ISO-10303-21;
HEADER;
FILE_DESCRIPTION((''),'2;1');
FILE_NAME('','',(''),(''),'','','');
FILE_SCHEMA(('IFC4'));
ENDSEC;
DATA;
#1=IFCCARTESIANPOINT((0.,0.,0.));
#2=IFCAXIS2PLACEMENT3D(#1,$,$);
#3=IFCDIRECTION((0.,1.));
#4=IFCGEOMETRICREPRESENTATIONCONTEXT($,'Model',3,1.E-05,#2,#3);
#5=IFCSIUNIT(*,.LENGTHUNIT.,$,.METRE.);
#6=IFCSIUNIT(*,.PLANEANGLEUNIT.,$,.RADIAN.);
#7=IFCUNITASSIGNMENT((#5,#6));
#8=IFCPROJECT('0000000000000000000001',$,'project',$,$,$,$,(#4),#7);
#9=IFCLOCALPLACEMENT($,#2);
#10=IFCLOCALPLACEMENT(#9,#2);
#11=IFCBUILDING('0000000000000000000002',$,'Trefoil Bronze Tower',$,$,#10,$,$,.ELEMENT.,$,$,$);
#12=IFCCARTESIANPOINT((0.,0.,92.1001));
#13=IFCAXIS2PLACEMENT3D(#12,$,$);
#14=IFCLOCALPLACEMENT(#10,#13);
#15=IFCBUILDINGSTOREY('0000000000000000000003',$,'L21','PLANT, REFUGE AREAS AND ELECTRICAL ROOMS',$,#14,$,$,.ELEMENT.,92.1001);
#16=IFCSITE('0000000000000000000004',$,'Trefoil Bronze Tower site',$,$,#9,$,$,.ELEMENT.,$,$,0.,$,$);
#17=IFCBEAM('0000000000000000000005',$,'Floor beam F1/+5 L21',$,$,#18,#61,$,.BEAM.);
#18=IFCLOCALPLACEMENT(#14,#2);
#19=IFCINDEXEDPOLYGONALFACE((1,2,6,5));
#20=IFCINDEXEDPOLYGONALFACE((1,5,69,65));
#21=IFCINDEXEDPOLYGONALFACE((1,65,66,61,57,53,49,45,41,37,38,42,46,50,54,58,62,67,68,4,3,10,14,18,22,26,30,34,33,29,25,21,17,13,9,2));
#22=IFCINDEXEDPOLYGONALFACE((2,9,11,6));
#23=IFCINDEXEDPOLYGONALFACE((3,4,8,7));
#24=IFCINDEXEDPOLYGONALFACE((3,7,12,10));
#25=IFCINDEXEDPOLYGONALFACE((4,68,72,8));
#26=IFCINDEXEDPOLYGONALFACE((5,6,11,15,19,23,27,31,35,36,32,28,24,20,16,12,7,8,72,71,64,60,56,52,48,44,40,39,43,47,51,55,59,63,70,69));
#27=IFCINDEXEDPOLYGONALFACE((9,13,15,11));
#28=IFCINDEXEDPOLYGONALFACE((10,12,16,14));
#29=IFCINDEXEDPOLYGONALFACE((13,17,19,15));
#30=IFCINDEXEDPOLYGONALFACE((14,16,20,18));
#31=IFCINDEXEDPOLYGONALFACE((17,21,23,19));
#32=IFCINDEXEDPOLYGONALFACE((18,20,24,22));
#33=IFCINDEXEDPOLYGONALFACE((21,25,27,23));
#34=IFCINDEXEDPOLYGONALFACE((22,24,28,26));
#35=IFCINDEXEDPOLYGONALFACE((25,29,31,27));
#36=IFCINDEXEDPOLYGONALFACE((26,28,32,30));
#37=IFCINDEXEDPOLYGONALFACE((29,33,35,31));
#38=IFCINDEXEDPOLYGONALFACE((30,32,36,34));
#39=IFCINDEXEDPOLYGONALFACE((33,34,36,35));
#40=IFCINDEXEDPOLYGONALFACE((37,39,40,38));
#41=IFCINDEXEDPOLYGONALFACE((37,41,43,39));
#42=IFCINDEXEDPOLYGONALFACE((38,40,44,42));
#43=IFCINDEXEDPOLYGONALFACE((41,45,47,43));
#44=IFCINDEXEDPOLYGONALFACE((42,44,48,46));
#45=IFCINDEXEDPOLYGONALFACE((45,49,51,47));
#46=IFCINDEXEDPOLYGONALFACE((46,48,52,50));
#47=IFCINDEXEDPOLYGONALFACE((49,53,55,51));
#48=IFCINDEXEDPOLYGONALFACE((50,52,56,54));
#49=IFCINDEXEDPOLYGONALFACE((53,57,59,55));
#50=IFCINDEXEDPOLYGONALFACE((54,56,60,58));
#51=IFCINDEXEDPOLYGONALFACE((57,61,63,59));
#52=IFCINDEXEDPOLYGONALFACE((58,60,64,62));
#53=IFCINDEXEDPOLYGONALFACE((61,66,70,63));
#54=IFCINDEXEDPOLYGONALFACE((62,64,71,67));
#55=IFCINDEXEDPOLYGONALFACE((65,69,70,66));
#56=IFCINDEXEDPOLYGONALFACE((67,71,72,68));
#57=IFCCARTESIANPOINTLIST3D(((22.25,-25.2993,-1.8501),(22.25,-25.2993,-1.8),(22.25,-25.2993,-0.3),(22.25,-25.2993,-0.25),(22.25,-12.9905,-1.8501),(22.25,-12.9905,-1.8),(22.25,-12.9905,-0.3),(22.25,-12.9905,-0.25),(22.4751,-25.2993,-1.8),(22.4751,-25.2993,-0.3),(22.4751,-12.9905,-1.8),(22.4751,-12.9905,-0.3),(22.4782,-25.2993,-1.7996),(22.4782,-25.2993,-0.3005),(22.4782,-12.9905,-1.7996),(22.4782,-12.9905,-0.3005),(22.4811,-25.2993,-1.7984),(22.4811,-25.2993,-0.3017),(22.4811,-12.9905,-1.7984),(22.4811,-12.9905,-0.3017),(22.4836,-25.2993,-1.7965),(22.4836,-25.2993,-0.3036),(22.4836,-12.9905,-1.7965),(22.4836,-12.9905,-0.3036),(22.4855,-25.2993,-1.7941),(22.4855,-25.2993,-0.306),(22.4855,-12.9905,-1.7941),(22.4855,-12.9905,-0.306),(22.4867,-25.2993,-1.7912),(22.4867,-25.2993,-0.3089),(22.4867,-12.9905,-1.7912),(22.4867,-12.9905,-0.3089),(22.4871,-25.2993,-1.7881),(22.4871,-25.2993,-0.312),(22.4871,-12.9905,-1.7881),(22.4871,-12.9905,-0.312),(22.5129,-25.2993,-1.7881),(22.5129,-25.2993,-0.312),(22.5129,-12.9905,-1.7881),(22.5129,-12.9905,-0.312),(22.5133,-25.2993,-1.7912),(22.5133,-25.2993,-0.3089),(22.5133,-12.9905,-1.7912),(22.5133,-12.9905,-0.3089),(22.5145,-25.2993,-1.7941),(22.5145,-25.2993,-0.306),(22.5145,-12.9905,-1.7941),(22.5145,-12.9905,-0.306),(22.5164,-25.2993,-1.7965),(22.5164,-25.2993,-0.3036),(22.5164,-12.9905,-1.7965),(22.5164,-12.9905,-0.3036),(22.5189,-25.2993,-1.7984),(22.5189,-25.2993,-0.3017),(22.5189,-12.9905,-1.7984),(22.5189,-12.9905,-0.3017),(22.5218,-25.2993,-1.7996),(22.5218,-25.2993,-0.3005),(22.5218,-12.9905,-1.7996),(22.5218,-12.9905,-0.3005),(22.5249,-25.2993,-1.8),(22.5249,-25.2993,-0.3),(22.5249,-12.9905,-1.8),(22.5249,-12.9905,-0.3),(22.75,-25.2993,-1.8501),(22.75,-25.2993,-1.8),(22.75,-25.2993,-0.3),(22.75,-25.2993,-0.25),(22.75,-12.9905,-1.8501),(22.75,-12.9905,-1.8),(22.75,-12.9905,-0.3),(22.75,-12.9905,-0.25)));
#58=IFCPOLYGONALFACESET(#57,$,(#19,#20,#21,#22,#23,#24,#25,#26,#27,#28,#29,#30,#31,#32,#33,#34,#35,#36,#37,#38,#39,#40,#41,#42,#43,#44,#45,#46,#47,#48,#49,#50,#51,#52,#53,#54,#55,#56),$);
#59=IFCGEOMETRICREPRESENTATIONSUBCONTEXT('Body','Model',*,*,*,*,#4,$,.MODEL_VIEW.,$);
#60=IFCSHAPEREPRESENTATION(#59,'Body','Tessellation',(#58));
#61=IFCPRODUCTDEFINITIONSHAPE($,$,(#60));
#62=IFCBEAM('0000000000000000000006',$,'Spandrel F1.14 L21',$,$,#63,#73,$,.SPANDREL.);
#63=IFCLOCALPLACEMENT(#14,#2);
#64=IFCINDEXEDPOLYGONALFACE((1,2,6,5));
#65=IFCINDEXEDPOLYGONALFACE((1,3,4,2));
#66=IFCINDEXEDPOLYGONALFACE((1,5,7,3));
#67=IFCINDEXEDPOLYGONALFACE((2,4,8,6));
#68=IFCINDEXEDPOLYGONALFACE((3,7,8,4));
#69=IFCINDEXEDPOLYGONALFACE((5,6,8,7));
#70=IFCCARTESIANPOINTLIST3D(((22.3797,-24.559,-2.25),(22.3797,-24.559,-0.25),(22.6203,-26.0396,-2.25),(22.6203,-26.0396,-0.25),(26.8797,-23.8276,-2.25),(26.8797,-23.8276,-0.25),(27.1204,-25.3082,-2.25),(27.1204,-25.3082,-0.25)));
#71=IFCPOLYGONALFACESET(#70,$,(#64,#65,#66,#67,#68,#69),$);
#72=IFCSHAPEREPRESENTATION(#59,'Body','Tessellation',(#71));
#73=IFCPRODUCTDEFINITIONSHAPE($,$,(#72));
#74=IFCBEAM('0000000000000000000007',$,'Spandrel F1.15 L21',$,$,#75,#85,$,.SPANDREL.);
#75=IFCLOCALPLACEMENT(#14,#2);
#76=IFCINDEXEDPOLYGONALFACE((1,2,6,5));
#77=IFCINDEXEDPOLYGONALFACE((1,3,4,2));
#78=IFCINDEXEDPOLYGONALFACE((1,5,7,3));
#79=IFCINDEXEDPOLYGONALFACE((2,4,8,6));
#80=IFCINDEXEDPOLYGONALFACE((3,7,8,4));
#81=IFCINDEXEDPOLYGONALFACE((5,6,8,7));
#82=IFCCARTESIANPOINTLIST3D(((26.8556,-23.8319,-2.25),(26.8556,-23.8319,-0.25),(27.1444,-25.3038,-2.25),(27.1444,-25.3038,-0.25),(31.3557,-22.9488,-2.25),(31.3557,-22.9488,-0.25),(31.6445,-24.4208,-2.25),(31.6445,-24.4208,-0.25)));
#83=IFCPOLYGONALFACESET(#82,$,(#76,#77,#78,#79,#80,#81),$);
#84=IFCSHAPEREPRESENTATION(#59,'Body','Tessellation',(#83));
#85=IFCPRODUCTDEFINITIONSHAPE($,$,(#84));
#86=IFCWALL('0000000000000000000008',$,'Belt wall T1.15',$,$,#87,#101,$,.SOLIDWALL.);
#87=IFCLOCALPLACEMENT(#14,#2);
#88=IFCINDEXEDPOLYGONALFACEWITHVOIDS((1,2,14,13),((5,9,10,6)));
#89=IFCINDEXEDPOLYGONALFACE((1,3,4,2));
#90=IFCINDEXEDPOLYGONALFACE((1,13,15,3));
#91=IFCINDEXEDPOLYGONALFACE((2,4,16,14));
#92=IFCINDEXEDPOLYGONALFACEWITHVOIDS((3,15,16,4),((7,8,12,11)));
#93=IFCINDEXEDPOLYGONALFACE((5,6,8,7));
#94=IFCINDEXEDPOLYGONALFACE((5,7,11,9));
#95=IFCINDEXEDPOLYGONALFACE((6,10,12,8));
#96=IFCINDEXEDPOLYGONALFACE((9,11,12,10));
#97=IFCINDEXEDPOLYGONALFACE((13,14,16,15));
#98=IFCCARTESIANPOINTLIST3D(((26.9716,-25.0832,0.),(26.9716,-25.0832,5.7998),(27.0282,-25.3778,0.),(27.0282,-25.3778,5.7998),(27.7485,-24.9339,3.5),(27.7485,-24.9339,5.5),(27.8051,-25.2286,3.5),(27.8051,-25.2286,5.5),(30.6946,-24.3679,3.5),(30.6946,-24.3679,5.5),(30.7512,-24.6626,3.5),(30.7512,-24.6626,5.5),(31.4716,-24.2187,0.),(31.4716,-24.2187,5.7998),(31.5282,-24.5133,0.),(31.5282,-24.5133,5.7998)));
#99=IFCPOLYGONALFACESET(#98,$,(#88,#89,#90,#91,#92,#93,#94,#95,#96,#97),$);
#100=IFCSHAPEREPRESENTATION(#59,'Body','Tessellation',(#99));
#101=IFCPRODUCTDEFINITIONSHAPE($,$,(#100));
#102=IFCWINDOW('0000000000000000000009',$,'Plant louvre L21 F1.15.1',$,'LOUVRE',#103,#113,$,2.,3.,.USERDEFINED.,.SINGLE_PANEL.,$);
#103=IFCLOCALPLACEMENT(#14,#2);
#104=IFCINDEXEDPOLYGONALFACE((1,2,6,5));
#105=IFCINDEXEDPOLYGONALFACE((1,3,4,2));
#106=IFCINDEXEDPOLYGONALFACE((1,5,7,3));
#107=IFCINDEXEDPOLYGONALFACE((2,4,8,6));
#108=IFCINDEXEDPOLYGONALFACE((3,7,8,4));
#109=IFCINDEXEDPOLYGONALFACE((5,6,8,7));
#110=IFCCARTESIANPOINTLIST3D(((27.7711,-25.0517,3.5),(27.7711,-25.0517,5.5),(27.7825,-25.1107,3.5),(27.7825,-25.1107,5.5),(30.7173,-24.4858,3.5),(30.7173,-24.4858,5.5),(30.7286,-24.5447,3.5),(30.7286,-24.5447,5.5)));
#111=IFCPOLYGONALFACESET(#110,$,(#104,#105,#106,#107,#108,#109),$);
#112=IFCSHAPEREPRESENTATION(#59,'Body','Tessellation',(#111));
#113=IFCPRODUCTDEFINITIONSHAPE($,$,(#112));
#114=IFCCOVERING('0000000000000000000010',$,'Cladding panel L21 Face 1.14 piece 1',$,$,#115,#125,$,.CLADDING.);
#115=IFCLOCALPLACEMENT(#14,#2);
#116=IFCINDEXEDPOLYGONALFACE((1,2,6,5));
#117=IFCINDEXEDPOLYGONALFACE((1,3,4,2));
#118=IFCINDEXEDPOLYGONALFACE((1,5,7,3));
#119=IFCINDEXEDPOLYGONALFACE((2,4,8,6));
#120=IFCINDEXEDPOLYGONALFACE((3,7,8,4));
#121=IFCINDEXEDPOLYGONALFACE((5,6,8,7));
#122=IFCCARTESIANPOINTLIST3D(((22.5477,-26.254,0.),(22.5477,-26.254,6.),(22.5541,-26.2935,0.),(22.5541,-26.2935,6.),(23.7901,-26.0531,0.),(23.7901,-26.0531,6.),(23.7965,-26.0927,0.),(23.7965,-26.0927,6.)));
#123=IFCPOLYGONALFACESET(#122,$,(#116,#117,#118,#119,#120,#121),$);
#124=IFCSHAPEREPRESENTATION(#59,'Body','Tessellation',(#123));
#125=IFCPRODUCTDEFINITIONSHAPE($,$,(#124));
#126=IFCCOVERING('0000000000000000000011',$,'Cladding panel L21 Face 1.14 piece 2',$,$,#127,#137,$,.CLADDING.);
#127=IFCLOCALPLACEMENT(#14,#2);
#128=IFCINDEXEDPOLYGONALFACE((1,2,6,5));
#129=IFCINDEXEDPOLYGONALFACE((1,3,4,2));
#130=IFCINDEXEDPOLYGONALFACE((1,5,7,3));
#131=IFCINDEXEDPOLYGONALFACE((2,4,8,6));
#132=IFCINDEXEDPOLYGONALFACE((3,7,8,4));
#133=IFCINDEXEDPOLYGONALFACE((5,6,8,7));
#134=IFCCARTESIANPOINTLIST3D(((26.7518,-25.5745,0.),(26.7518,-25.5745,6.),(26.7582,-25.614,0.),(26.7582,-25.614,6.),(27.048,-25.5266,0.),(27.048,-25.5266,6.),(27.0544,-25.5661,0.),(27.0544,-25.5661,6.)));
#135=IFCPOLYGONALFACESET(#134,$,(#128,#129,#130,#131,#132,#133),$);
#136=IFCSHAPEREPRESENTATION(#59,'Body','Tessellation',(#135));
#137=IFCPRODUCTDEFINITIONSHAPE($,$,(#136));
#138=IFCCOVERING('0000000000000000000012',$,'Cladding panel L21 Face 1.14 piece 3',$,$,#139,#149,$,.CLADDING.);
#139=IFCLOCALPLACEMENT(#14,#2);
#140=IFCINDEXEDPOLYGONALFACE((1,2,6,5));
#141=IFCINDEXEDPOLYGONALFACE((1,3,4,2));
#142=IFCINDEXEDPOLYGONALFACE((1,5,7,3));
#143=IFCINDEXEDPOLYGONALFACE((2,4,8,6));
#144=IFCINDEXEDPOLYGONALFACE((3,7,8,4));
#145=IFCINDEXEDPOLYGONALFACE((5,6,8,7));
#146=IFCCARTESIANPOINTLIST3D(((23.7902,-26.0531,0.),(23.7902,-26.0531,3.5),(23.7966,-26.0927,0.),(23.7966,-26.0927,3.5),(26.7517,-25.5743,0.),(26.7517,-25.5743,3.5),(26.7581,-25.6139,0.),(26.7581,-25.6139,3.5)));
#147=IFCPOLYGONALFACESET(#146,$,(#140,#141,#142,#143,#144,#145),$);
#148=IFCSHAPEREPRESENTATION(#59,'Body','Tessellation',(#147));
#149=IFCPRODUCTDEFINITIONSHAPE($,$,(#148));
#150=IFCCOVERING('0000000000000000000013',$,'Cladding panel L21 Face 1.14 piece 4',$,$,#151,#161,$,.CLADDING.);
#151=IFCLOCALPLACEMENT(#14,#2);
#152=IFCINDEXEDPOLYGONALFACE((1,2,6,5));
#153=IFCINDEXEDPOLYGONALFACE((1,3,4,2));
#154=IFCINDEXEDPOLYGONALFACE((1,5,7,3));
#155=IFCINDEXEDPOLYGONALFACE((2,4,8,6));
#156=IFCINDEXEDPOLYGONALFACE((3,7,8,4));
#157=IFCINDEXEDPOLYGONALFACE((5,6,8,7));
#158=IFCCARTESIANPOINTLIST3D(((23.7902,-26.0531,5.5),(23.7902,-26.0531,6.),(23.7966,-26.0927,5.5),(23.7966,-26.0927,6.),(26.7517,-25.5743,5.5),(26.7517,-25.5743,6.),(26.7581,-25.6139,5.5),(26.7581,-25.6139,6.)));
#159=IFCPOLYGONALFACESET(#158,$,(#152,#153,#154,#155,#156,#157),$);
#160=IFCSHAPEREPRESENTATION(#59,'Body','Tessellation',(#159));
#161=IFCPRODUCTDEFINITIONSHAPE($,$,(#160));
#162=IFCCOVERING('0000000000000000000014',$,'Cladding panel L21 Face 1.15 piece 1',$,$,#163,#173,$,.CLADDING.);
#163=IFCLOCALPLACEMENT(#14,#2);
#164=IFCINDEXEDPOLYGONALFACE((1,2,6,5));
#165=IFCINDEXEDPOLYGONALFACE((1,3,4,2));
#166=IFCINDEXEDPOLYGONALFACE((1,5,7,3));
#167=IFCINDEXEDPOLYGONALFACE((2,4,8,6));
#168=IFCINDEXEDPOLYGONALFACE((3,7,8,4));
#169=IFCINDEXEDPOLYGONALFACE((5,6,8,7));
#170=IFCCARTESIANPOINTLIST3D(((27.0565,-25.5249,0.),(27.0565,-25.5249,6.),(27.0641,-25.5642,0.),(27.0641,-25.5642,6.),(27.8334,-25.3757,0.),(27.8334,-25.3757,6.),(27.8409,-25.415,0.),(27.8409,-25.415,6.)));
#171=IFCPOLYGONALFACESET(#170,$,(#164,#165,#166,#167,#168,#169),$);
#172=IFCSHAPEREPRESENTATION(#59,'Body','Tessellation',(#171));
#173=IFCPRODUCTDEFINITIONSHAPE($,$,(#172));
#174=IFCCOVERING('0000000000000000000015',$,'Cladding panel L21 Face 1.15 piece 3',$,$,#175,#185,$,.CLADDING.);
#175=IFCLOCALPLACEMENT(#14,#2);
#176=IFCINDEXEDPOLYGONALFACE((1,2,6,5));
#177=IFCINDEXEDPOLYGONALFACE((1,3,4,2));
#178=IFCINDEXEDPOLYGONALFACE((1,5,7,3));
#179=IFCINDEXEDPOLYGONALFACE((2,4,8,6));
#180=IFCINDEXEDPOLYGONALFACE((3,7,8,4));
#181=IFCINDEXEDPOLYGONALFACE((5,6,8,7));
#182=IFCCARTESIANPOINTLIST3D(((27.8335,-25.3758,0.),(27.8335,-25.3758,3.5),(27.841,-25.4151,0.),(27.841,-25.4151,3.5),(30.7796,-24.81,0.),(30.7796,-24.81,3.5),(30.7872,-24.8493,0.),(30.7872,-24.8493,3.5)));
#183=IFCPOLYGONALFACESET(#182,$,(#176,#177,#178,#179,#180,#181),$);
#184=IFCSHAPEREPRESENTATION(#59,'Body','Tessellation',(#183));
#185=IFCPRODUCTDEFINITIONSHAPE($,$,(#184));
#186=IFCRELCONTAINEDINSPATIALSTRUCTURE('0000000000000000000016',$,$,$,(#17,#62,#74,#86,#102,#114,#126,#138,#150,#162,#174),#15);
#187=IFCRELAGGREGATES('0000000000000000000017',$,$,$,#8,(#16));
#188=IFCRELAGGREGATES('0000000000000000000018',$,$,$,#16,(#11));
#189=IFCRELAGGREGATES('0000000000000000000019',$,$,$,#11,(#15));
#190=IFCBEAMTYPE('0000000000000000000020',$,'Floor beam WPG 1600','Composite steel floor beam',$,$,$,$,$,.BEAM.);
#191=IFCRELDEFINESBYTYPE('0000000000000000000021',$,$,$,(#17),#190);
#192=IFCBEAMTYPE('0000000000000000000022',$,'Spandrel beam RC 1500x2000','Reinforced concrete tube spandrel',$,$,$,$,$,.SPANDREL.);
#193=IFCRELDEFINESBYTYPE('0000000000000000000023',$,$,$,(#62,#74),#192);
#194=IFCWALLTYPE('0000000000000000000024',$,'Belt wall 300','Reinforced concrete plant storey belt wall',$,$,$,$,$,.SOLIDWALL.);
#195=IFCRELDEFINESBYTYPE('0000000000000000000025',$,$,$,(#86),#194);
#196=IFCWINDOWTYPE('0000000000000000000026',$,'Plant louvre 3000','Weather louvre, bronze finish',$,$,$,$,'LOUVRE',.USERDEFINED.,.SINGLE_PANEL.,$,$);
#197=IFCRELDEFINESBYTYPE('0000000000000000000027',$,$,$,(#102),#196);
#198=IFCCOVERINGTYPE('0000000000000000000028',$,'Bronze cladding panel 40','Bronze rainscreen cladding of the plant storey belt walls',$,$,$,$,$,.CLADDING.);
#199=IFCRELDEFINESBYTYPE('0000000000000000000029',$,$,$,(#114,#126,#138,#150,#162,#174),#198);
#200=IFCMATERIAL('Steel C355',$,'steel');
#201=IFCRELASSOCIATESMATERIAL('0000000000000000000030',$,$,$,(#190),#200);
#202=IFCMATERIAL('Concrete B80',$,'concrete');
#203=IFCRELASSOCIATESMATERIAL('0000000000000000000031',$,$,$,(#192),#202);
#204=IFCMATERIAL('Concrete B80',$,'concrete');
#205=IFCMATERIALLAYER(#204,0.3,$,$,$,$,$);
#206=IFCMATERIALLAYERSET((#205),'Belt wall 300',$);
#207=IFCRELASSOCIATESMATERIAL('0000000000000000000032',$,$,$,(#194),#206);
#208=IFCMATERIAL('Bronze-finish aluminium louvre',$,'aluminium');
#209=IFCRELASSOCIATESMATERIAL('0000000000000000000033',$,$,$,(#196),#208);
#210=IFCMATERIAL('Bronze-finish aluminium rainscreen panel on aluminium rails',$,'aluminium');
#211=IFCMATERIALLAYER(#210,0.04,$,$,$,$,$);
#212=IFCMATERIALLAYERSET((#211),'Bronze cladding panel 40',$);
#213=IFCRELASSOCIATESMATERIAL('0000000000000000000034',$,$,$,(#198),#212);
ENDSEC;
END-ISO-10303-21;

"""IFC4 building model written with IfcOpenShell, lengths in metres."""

from ifc_helpers import new_model, si_unit, direction, frame, frame_2d, origin, origin_2d, place, context, subcontext, project, spatial, rectangle, i_section, extrude, material, layer, layer_set, material_profile, profile_set, type_object, element, fill, save


model = new_model("IFC4")

# Units and contexts
model_context = context("Model", 3, precision=1e-05, world=origin(), true_north=direction((0.0, 1.0)))
body_context = subcontext(model_context, "Body", "Model", "MODEL_VIEW")
ifc_project = project(units=[si_unit("LENGTHUNIT", "METRE"), si_unit("PLANEANGLEUNIT", "RADIAN")], contexts=[model_context])

# Site, building, storey
site_placement = place(None, origin())
site = spatial("IfcSite", under=ifc_project, at=site_placement, Name="Trefoil Bronze Tower site", CompositionType="ELEMENT", RefElevation=0.0)
building_placement = place(site_placement, origin())
building = spatial("IfcBuilding", under=site, at=building_placement, Name="Trefoil Bronze Tower", CompositionType="ELEMENT")
storey_placement = place(building_placement, frame((0.0, 0.0, 92.1001)))
storey = spatial("IfcBuildingStorey", under=building, at=storey_placement, Name="L21", Description="PLANT, REFUGE AREAS AND ELECTRICAL ROOMS", CompositionType="ELEMENT", Elevation=92.1001)

# Beams
ifc_material_1 = material(Name="Steel C355", Category="steel")
ifc_material_profile_1 = material_profile(ifc_material_1, i_section(OverallWidth=0.5, OverallDepth=1.6001, WebThickness=0.0259, FlangeThickness=0.05, FilletRadius=0.012, at=origin_2d()), Name="WPG 1600")
ifc_profile_set_1 = profile_set([ifc_material_profile_1], Name="Steel C355")
beam_type_1 = type_object("IfcBeamType", Name="Floor beam WPG 1600", Description="Composite steel floor beam", PredefinedType="BEAM", material=ifc_profile_set_1)
beam_1_placement = place(storey_placement, frame((22.5, -25.2993, -1.05), z_axis=(0.0, 1.0, 0.0), x_axis=(-1.0, 0.0, 0.0)))
element("IfcBeam", 1, at=beam_1_placement, inside=storey, type_object=beam_type_1, Name="Floor beam F1/+5 L21", PredefinedType="BEAM", context=body_context, shape_type="SweptSolid", body=[
    extrude(i_section(OverallWidth=0.5, OverallDepth=1.6001, WebThickness=0.0259, FlangeThickness=0.05, FilletRadius=0.012, at=origin_2d()), origin(), (0.0, 0.0, 1.0), 12.3088),
])
ifc_material_2 = material(Name="Concrete B80", Category="concrete")
ifc_material_profile_2 = material_profile(ifc_material_2, rectangle(XDim=1.5, YDim=2.0, at=origin_2d()), Name="RC 1500x2000")
ifc_profile_set_2 = profile_set([ifc_material_profile_2], Name="Concrete B80")
beam_type_2 = type_object("IfcBeamType", Name="Spandrel beam RC 1500x2000", Description="Reinforced concrete tube spandrel", PredefinedType="SPANDREL", material=ifc_profile_set_2)
beam_2_placement = place(storey_placement, frame((22.5, -25.2993, -1.25), z_axis=(0.987046, 0.160438, 0.0), x_axis=(-0.160438, 0.987046, 0.0)))
element("IfcBeam", 2, at=beam_2_placement, inside=storey, type_object=beam_type_2, Name="Spandrel F1.14 L21", PredefinedType="SPANDREL", context=body_context, shape_type="SweptSolid", body=[
    extrude(rectangle(XDim=1.5, YDim=2.0, at=origin_2d()), origin(), (0.0, 0.0, 1.0), 4.5591),
])
beam_3_placement = place(storey_placement, frame((27.0, -24.5679, -1.25), z_axis=(0.981285, 0.192562, 0.0), x_axis=(-0.192562, 0.981285, 0.0)))
element("IfcBeam", 3, at=beam_3_placement, inside=storey, type_object=beam_type_2, Name="Spandrel F1.15 L21", PredefinedType="SPANDREL", context=body_context, shape_type="SweptSolid", body=[
    extrude(rectangle(XDim=1.5, YDim=2.0, at=origin_2d()), origin(), (0.0, 0.0, 1.0), 4.5859),
])

# Wall, opening, window
ifc_material_3 = material(Name="Concrete B80", Category="concrete")
ifc_layer_1 = layer(ifc_material_3, 0.3)
ifc_layer_set_1 = layer_set([ifc_layer_1], Name="Belt wall 300")
wall_type = type_object("IfcWallType", Name="Belt wall 300", Description="Reinforced concrete plant storey belt wall", PredefinedType="SOLIDWALL", material=ifc_layer_set_1)
wall_placement = place(storey_placement, frame((27.0, -25.2305, 0.0), z_axis=(0.0, 0.0, 1.0), x_axis=(0.982042, 0.188662, 0.0)))
wall = element("IfcWall", 4, at=wall_placement, inside=storey, type_object=wall_type, Name="Belt wall T1.15", PredefinedType="SOLIDWALL", context=body_context, shape_type="SweptSolid", body=[
    extrude(rectangle(XDim=4.5823, YDim=0.3, at=frame_2d((2.291, 0.0))), origin(), (0.0, 0.0, 1.0), 5.7998),
])
opening_placement = place(wall_placement, frame((0.791, 0.0, 3.5)))
opening = element("IfcOpeningElement", 5, at=opening_placement, cuts=wall, PredefinedType="OPENING", context=body_context, shape_type="SweptSolid", body=[
    extrude(rectangle(XDim=3.0, YDim=2.0, at=frame_2d((1.5, 1.0))), frame((0.0, 0.1599, 0.0), z_axis=(0.0, -1.0, 0.0), x_axis=(1.0, 0.0, 0.0)), (0.0, 0.0, 1.0), 0.3201),
])
ifc_material_4 = material(Name="Bronze-finish aluminium louvre", Category="aluminium")
window_type = type_object("IfcWindowType", Name="Plant louvre 3000", Description="Weather louvre, bronze finish", ElementType="LOUVRE", PartitioningType="SINGLE_PANEL", PredefinedType="USERDEFINED", material=ifc_material_4)
window_placement = place(opening_placement, origin())
window = element("IfcWindow", 6, at=window_placement, inside=storey, type_object=window_type, Name="Plant louvre L21 F1.15.1", ObjectType="LOUVRE", OverallHeight=2.0, OverallWidth=3.0, PartitioningType="SINGLE_PANEL", PredefinedType="USERDEFINED", context=body_context, shape_type="SweptSolid", body=[
    extrude(rectangle(XDim=3.0, YDim=2.0, at=frame_2d((1.5, 1.0))), frame((0.0, 0.03, 0.0), z_axis=(0.0, -1.0, 0.0), x_axis=(1.0, 0.0, 0.0)), (0.0, 0.0, 1.0), 0.0601),
])
fill(opening, window)

# Coverings
ifc_material_5 = material(Name="Bronze-finish aluminium rainscreen panel on aluminium rails", Category="aluminium")
ifc_layer_2 = layer(ifc_material_5, 0.04)
ifc_layer_set_2 = layer_set([ifc_layer_2], Name="Bronze cladding panel 40")
covering_type_1 = type_object("IfcCoveringType", Name="Bronze cladding panel 40", Description="Bronze rainscreen cladding of the plant storey belt walls", PredefinedType="CLADDING", material=ifc_layer_set_2)
covering_1_placement = place(storey_placement, frame((23.1721, -26.1733, 0.0), z_axis=(0.0, 0.0, 1.0), x_axis=(0.987181, 0.159603, 0.0)))
element("IfcCovering", 7, at=covering_1_placement, inside=storey, type_object=covering_type_1, Name="Cladding panel L21 Face 1.14 piece 1", PredefinedType="CLADDING", context=body_context, shape_type="SweptSolid", body=[
    extrude(rectangle(XDim=1.2585, YDim=0.04, at=origin_2d()), origin(), (0.0, 0.0, 1.0), 6.0),
])
covering_2_placement = place(storey_placement, frame((26.9031, -25.5703, 0.0), z_axis=(0.0, 0.0, 1.0), x_axis=(0.987181, 0.159603, 0.0)))
element("IfcCovering", 8, at=covering_2_placement, inside=storey, type_object=covering_type_1, Name="Cladding panel L21 Face 1.14 piece 2", PredefinedType="CLADDING", context=body_context, shape_type="SweptSolid", body=[
    extrude(rectangle(XDim=0.3, YDim=0.04, at=origin_2d()), origin(), (0.0, 0.0, 1.0), 6.0),
])
covering_3_placement = place(storey_placement, frame((25.2742, -25.8335, 0.0), z_axis=(0.0, 0.0, 1.0), x_axis=(0.987181, 0.159603, 0.0)))
element("IfcCovering", 9, at=covering_3_placement, inside=storey, type_object=covering_type_1, Name="Cladding panel L21 Face 1.14 piece 3", PredefinedType="CLADDING", context=body_context, shape_type="SweptSolid", body=[
    extrude(rectangle(XDim=3.0, YDim=0.04, at=origin_2d()), origin(), (0.0, 0.0, 1.0), 3.5),
])
covering_4_placement = place(storey_placement, frame((25.2742, -25.8335, 5.5), z_axis=(0.0, 0.0, 1.0), x_axis=(0.987181, 0.159603, 0.0)))
element("IfcCovering", 10, at=covering_4_placement, inside=storey, type_object=covering_type_1, Name="Cladding panel L21 Face 1.14 piece 4", PredefinedType="CLADDING", context=body_context, shape_type="SweptSolid", body=[
    extrude(rectangle(XDim=3.0, YDim=0.04, at=origin_2d()), origin(), (0.0, 0.0, 1.0), 0.5),
])
covering_5_placement = place(storey_placement, frame((27.4487, -25.47, 0.0), z_axis=(0.0, 0.0, 1.0), x_axis=(0.98205, 0.188622, 0.0)))
element("IfcCovering", 11, at=covering_5_placement, inside=storey, type_object=covering_type_1, Name="Cladding panel L21 Face 1.15 piece 1", PredefinedType="CLADDING", context=body_context, shape_type="SweptSolid", body=[
    extrude(rectangle(XDim=0.791, YDim=0.04, at=origin_2d()), origin(), (0.0, 0.0, 1.0), 6.0),
])
covering_6_placement = place(storey_placement, frame((29.3103, -25.1125, 0.0), z_axis=(0.0, 0.0, 1.0), x_axis=(0.98205, 0.188622, 0.0)))
element("IfcCovering", 12, at=covering_6_placement, inside=storey, type_object=covering_type_1, Name="Cladding panel L21 Face 1.15 piece 3", PredefinedType="CLADDING", context=body_context, shape_type="SweptSolid", body=[
    extrude(rectangle(XDim=3.0, YDim=0.04, at=origin_2d()), origin(), (0.0, 0.0, 1.0), 3.5),
])

save(model, "model.ifc")
